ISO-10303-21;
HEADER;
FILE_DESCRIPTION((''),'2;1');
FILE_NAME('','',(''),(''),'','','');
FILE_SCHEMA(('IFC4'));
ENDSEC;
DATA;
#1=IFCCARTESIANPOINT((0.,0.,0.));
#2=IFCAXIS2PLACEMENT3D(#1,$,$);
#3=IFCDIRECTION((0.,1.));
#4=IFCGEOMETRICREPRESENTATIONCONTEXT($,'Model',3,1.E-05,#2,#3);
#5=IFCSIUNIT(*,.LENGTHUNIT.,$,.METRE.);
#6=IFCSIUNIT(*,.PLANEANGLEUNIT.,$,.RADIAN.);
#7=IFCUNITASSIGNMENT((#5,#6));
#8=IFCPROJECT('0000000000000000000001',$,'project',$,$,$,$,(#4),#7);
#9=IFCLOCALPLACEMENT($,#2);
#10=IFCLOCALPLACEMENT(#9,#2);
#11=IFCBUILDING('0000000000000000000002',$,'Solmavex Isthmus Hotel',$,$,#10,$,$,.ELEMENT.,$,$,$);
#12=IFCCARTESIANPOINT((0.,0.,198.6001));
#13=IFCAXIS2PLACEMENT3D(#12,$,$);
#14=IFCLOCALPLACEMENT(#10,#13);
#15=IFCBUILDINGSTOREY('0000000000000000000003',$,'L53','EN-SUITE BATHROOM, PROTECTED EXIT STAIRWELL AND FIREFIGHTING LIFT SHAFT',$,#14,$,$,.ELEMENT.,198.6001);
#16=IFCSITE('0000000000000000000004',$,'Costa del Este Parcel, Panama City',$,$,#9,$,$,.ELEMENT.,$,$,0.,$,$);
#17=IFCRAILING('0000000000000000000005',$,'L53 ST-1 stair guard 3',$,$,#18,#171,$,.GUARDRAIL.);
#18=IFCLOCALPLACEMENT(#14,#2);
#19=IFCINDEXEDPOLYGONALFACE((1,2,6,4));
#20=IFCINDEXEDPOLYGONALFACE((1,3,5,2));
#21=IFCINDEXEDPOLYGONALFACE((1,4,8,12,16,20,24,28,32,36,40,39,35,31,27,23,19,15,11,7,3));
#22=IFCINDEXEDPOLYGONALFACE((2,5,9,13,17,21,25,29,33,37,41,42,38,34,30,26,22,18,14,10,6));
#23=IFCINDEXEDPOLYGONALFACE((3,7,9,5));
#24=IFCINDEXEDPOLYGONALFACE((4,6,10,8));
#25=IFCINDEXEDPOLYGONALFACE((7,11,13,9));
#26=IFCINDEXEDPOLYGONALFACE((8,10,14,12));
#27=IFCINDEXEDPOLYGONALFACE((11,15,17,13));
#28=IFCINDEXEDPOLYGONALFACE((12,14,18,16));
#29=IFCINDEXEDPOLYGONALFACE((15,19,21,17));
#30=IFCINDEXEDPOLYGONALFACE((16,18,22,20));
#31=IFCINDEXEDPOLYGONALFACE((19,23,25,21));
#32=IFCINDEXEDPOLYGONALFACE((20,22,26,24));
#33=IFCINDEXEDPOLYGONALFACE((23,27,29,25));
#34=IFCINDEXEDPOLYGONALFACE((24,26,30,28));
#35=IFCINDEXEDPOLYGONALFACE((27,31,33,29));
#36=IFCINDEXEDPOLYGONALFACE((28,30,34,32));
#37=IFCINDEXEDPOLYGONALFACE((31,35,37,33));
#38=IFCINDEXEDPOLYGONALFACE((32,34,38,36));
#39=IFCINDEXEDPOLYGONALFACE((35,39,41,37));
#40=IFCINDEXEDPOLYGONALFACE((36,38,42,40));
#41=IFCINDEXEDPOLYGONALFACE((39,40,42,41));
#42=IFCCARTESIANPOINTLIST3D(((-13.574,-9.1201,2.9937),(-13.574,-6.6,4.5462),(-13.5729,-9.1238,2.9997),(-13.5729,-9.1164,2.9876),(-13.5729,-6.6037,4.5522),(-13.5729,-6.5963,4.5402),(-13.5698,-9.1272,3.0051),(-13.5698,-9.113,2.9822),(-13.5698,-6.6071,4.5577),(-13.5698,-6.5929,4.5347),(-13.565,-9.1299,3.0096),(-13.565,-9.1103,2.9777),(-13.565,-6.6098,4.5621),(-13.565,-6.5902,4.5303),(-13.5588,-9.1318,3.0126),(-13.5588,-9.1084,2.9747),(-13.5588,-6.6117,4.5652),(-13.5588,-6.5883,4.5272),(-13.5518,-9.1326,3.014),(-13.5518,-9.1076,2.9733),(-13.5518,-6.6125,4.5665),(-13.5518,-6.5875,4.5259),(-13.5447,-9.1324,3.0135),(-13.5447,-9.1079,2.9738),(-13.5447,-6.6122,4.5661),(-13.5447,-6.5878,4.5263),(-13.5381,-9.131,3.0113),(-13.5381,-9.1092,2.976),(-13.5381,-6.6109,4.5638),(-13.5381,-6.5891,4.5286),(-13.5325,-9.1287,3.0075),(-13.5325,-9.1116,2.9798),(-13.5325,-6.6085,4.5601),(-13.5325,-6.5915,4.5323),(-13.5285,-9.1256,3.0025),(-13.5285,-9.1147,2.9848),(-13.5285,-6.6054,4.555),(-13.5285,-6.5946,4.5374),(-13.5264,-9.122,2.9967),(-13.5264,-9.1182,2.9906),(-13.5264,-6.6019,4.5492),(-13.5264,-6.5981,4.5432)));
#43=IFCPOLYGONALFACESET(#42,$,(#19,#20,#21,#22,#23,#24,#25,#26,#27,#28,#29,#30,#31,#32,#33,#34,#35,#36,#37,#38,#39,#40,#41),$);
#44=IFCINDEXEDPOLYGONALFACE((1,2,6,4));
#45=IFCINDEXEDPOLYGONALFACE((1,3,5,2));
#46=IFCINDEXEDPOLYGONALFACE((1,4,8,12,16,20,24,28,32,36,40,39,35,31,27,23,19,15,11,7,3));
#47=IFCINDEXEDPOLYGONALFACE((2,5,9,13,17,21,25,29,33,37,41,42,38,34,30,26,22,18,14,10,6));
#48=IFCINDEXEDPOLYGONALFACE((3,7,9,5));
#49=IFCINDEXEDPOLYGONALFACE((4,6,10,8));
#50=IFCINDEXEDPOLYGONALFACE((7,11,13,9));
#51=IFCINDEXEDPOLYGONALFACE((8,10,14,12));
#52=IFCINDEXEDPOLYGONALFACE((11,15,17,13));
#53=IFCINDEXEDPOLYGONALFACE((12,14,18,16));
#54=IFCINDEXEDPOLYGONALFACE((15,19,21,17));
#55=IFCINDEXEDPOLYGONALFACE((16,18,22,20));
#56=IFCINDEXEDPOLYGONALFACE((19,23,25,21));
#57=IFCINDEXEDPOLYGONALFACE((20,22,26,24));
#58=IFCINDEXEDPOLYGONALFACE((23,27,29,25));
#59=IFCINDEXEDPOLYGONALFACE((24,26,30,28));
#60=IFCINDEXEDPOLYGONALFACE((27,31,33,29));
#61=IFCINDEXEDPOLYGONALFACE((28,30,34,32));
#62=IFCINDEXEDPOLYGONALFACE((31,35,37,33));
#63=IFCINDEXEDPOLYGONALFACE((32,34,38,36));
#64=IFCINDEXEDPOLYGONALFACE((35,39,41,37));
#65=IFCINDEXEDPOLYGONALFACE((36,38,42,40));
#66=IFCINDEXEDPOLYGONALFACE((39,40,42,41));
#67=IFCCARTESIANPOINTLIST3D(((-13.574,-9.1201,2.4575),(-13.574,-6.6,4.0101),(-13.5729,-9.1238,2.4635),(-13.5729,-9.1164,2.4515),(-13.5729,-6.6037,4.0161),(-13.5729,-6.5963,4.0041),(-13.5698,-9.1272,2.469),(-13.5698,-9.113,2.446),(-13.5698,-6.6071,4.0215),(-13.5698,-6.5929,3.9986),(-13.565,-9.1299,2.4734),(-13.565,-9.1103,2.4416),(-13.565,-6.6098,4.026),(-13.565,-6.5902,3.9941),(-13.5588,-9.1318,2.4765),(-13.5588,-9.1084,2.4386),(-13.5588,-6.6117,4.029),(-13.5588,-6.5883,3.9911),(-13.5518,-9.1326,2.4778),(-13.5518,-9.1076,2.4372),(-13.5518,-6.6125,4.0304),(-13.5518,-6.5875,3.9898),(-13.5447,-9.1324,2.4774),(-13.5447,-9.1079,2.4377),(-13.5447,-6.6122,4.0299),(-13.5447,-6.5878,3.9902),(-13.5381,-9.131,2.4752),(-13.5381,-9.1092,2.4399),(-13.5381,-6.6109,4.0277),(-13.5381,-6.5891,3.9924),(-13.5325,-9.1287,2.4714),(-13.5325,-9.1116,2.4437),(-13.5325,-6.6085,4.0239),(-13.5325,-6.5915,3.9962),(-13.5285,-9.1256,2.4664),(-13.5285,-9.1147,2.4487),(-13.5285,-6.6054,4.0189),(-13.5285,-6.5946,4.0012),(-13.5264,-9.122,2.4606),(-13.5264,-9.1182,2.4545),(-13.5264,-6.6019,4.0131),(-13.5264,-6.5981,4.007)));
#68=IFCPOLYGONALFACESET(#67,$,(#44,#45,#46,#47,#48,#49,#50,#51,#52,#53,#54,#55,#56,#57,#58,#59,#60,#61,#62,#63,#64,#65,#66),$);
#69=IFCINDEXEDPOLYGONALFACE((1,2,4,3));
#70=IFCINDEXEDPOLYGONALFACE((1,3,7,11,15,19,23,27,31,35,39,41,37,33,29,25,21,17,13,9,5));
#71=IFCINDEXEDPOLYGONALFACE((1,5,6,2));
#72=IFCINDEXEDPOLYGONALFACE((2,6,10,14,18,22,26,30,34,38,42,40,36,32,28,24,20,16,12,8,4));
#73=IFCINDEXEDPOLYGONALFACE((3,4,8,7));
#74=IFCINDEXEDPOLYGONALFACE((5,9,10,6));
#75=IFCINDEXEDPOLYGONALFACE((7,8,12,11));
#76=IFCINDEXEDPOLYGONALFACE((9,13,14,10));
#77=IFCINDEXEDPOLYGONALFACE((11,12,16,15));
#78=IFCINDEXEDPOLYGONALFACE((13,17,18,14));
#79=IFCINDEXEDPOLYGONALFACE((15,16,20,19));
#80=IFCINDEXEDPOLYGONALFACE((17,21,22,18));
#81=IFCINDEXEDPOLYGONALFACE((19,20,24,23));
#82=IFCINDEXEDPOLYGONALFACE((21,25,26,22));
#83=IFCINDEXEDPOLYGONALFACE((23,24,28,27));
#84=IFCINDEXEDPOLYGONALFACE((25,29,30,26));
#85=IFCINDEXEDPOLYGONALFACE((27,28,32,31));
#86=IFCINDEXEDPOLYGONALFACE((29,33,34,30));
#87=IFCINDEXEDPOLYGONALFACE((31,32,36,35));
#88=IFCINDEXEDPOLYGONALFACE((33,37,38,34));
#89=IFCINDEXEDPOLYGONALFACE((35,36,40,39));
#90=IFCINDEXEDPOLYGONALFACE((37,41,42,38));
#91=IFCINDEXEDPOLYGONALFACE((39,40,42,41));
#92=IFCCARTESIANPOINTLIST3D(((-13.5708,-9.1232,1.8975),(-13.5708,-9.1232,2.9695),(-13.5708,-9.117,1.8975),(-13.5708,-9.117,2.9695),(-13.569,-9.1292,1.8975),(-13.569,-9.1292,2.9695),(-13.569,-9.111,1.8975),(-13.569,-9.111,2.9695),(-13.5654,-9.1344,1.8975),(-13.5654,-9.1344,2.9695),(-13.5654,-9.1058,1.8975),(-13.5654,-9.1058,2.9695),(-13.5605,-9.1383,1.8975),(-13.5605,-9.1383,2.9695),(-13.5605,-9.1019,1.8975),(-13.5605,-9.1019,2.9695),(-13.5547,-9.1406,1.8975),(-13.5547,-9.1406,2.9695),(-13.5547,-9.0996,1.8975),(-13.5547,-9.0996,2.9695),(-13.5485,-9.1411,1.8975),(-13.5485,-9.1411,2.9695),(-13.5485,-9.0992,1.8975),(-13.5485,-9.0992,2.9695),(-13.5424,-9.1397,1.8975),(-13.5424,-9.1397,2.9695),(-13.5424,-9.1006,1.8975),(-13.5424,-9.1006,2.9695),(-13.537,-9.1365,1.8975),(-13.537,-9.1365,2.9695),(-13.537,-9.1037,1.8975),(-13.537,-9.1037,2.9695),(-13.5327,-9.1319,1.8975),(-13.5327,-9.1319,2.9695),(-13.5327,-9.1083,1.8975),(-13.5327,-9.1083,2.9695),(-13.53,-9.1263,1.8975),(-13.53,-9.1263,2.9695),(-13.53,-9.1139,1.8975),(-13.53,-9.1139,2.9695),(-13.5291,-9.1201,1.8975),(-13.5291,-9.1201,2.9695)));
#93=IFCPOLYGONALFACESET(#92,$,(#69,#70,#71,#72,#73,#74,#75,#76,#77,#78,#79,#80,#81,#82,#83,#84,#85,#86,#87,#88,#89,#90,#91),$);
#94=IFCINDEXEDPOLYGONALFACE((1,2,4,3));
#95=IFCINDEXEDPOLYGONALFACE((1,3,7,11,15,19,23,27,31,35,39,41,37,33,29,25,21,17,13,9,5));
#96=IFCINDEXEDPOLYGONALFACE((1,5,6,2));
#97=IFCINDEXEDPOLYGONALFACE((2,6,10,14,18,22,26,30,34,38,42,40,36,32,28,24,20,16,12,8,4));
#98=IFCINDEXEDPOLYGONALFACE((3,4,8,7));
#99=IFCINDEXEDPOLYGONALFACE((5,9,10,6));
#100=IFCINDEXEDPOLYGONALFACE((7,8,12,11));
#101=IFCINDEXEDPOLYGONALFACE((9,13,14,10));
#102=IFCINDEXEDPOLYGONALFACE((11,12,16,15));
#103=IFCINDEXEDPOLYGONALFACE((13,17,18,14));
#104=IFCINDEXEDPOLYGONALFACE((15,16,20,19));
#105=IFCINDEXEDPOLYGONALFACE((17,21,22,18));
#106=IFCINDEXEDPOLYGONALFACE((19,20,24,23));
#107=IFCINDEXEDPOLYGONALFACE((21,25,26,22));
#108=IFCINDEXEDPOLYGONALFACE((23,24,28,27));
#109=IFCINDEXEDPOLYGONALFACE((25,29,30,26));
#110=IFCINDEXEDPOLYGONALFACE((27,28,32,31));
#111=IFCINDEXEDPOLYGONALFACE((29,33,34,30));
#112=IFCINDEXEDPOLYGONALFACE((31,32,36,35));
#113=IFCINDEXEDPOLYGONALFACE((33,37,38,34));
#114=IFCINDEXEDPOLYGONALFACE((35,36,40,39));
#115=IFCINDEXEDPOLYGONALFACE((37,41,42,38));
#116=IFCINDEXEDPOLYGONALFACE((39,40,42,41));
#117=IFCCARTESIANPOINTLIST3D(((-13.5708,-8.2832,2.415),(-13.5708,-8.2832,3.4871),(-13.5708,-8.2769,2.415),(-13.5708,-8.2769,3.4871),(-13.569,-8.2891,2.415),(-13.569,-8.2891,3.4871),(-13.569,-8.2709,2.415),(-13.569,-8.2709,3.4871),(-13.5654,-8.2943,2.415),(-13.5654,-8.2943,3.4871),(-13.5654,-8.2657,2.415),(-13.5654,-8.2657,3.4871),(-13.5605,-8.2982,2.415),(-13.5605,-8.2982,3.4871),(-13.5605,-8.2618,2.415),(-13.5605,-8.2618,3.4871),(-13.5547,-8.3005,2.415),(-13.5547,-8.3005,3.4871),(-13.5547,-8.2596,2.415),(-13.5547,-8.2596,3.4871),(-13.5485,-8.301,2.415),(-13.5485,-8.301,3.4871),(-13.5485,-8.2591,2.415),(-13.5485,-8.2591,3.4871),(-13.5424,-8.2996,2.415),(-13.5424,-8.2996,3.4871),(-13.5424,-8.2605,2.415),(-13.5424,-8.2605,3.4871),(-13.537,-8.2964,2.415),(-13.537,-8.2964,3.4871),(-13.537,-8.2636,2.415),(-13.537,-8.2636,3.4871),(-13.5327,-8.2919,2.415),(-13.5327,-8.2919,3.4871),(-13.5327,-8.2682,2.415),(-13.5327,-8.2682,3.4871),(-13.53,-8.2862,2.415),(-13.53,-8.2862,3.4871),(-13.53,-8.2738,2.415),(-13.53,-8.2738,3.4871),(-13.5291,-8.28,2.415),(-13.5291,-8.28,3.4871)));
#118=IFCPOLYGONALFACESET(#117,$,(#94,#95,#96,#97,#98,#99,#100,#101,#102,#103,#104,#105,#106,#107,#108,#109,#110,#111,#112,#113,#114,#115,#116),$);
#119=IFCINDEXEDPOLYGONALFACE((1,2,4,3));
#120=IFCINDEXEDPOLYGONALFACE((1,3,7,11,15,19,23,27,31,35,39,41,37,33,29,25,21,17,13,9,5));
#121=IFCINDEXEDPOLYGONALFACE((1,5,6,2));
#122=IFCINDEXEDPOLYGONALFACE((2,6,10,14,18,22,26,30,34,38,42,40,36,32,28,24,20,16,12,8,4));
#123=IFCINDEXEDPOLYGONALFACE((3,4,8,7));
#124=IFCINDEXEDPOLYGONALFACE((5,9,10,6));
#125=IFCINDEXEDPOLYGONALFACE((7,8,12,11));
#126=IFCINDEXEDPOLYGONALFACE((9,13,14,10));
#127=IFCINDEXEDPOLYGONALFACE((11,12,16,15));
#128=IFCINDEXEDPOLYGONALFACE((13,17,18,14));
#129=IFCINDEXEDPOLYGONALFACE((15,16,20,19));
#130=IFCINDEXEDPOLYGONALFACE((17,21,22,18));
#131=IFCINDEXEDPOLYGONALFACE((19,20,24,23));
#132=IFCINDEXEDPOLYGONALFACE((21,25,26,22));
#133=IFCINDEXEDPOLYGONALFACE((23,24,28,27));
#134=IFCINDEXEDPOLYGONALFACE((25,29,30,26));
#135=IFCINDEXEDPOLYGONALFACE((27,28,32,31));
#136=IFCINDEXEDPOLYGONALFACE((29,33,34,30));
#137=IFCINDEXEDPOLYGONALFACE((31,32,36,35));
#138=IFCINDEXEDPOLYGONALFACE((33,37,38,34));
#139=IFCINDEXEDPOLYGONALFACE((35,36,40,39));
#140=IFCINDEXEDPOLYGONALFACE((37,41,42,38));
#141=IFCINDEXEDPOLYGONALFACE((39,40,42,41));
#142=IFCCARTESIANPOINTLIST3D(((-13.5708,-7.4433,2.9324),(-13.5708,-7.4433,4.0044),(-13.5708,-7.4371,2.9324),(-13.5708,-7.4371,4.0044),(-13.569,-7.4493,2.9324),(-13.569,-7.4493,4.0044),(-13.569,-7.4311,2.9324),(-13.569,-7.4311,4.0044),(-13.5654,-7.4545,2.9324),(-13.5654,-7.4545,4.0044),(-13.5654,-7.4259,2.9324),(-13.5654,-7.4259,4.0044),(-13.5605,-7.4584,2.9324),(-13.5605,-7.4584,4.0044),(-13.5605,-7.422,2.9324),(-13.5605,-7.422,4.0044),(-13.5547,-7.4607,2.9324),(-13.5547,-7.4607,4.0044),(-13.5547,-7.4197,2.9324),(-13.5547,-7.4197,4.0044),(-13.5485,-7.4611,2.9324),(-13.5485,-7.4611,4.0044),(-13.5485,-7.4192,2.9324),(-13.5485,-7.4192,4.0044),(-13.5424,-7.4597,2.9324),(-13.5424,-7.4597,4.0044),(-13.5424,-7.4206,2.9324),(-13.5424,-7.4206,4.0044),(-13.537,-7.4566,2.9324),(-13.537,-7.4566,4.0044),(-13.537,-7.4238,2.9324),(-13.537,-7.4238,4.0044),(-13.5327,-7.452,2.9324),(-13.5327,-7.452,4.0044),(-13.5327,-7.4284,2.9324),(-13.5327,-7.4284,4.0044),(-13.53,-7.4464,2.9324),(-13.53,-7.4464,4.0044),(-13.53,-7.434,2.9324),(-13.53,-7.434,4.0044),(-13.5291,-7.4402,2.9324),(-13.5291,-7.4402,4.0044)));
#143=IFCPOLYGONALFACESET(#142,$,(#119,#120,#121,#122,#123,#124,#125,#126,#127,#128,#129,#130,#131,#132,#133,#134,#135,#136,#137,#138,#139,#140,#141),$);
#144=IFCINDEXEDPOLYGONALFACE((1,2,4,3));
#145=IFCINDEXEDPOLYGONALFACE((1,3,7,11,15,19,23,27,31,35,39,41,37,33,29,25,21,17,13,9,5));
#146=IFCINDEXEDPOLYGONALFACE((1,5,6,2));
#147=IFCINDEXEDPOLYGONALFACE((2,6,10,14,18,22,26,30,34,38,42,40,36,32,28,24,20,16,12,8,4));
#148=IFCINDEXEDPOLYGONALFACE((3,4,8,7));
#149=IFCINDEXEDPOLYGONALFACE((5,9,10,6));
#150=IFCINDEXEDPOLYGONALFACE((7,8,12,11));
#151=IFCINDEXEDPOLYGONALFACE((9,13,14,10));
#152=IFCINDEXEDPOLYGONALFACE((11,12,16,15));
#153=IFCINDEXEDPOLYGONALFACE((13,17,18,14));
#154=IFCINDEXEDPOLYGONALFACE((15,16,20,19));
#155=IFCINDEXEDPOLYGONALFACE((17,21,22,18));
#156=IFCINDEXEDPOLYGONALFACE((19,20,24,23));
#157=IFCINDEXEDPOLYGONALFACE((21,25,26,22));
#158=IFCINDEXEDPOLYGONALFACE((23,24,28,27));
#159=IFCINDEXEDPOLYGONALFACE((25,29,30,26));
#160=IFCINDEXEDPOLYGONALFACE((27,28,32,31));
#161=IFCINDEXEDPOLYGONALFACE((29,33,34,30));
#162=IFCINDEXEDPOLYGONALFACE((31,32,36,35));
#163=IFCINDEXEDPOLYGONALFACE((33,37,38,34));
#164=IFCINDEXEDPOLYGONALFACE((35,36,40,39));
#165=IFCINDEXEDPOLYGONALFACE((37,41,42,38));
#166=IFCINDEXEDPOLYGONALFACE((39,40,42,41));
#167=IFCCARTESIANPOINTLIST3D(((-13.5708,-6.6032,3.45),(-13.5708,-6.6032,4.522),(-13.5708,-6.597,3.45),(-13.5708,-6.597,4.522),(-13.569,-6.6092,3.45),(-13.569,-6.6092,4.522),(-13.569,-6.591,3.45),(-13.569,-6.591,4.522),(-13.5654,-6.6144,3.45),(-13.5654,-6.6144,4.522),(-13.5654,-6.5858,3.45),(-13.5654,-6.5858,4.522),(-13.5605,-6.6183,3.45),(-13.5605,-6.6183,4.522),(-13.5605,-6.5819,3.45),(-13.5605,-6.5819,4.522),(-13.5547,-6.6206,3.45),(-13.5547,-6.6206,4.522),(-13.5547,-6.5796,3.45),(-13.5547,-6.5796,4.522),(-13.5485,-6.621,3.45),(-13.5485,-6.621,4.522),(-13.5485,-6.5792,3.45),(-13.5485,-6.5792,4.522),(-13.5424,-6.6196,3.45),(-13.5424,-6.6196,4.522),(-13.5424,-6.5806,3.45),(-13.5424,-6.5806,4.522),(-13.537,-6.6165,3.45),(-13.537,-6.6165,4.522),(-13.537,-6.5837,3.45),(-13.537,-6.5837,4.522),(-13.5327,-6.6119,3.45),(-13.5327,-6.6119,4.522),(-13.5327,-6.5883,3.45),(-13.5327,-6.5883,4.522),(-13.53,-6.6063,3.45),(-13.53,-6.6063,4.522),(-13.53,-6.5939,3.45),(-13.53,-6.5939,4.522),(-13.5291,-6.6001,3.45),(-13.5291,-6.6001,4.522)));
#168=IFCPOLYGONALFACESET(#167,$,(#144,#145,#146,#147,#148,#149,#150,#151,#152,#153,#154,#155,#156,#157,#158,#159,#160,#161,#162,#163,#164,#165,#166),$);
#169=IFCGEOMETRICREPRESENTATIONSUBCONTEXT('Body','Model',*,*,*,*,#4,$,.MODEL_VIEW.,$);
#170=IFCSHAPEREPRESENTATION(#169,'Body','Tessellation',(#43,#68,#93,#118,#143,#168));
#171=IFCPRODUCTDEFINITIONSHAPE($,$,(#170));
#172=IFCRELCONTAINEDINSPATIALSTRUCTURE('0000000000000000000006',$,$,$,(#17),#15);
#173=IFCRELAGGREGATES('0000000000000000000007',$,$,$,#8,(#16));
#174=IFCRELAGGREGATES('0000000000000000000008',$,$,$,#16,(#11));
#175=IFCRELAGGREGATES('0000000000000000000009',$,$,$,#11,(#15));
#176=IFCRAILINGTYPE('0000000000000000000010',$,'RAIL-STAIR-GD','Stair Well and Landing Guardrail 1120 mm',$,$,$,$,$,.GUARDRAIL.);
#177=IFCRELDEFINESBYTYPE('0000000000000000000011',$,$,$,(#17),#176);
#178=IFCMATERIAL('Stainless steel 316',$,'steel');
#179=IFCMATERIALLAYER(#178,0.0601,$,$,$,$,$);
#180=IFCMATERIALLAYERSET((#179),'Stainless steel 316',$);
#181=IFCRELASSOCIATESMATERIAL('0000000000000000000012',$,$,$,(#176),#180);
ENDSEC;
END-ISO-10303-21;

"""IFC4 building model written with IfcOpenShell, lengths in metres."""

from ifc_helpers import new_model, si_unit, direction, frame, origin, origin_2d, place, context, subcontext, project, spatial, circle, extrude, material, layer, layer_set, type_object, element, save


model = new_model("IFC4")

# Units and contexts
model_context = context("Model", 3, precision=1e-05, world=origin(), true_north=direction((0.0, 1.0)))
body_context = subcontext(model_context, "Body", "Model", "MODEL_VIEW")
ifc_project = project(units=[si_unit("LENGTHUNIT", "METRE"), si_unit("PLANEANGLEUNIT", "RADIAN")], contexts=[model_context])

# Site, building, storey
site_placement = place(None, origin())
site = spatial("IfcSite", under=ifc_project, at=site_placement, Name="Costa del Este Parcel, Panama City", CompositionType="ELEMENT", RefElevation=0.0)
building_placement = place(site_placement, origin())
building = spatial("IfcBuilding", under=site, at=building_placement, Name="Solmavex Isthmus Hotel", CompositionType="ELEMENT")
storey_placement = place(building_placement, frame((0.0, 0.0, 198.6001)))
storey = spatial("IfcBuildingStorey", under=building, at=storey_placement, Name="L53", Description="EN-SUITE BATHROOM, PROTECTED EXIT STAIRWELL AND FIREFIGHTING LIFT SHAFT", CompositionType="ELEMENT", Elevation=198.6001)

# Railing
ifc_material_1 = material(Name="Stainless steel 316", Category="steel")
ifc_layer_1 = layer(ifc_material_1, 0.0601)
ifc_layer_set_1 = layer_set([ifc_layer_1], Name="Stainless steel 316")
railing_type = type_object("IfcRailingType", Name="RAIL-STAIR-GD", Description="Stair Well and Landing Guardrail 1120 mm", PredefinedType="GUARDRAIL", material=ifc_layer_set_1)
railing_1_placement = place(storey_placement, frame((-13.55, -9.1201, 1.8975)))
element("IfcRailing", 1, at=railing_1_placement, inside=storey, type_object=railing_type, Name="L53 ST-1 stair guard 3", PredefinedType="GUARDRAIL", context=body_context, shape_type="SweptSolid", body=[
    extrude(circle(Radius=0.0239, at=origin_2d()), frame((0.0, 0.0, 1.0962), z_axis=(0.0, 0.8514, 0.524516), x_axis=(-1.0, 0.0, 0.0)), (0.0, 0.0, 1.0), 2.96),
    extrude(circle(Radius=0.0239, at=origin_2d()), frame((0.0, 0.0, 0.5601), z_axis=(0.0, 0.8514, 0.524516), x_axis=(-1.0, 0.0, 0.0)), (0.0, 0.0, 1.0), 2.96),
    extrude(circle(Radius=0.021, at=origin_2d()), origin(), (0.0, 0.0, 1.0), 1.072),
    extrude(circle(Radius=0.021, at=origin_2d()), frame((0.0, 0.8401, 0.5176)), (0.0, 0.0, 1.0), 1.072),
    extrude(circle(Radius=0.021, at=origin_2d()), frame((0.0, 1.6799, 1.0349)), (0.0, 0.0, 1.0), 1.072),
    extrude(circle(Radius=0.021, at=origin_2d()), frame((0.0, 2.52, 1.5525)), (0.0, 0.0, 1.0), 1.072),
])

save(model, "model.ifc")
